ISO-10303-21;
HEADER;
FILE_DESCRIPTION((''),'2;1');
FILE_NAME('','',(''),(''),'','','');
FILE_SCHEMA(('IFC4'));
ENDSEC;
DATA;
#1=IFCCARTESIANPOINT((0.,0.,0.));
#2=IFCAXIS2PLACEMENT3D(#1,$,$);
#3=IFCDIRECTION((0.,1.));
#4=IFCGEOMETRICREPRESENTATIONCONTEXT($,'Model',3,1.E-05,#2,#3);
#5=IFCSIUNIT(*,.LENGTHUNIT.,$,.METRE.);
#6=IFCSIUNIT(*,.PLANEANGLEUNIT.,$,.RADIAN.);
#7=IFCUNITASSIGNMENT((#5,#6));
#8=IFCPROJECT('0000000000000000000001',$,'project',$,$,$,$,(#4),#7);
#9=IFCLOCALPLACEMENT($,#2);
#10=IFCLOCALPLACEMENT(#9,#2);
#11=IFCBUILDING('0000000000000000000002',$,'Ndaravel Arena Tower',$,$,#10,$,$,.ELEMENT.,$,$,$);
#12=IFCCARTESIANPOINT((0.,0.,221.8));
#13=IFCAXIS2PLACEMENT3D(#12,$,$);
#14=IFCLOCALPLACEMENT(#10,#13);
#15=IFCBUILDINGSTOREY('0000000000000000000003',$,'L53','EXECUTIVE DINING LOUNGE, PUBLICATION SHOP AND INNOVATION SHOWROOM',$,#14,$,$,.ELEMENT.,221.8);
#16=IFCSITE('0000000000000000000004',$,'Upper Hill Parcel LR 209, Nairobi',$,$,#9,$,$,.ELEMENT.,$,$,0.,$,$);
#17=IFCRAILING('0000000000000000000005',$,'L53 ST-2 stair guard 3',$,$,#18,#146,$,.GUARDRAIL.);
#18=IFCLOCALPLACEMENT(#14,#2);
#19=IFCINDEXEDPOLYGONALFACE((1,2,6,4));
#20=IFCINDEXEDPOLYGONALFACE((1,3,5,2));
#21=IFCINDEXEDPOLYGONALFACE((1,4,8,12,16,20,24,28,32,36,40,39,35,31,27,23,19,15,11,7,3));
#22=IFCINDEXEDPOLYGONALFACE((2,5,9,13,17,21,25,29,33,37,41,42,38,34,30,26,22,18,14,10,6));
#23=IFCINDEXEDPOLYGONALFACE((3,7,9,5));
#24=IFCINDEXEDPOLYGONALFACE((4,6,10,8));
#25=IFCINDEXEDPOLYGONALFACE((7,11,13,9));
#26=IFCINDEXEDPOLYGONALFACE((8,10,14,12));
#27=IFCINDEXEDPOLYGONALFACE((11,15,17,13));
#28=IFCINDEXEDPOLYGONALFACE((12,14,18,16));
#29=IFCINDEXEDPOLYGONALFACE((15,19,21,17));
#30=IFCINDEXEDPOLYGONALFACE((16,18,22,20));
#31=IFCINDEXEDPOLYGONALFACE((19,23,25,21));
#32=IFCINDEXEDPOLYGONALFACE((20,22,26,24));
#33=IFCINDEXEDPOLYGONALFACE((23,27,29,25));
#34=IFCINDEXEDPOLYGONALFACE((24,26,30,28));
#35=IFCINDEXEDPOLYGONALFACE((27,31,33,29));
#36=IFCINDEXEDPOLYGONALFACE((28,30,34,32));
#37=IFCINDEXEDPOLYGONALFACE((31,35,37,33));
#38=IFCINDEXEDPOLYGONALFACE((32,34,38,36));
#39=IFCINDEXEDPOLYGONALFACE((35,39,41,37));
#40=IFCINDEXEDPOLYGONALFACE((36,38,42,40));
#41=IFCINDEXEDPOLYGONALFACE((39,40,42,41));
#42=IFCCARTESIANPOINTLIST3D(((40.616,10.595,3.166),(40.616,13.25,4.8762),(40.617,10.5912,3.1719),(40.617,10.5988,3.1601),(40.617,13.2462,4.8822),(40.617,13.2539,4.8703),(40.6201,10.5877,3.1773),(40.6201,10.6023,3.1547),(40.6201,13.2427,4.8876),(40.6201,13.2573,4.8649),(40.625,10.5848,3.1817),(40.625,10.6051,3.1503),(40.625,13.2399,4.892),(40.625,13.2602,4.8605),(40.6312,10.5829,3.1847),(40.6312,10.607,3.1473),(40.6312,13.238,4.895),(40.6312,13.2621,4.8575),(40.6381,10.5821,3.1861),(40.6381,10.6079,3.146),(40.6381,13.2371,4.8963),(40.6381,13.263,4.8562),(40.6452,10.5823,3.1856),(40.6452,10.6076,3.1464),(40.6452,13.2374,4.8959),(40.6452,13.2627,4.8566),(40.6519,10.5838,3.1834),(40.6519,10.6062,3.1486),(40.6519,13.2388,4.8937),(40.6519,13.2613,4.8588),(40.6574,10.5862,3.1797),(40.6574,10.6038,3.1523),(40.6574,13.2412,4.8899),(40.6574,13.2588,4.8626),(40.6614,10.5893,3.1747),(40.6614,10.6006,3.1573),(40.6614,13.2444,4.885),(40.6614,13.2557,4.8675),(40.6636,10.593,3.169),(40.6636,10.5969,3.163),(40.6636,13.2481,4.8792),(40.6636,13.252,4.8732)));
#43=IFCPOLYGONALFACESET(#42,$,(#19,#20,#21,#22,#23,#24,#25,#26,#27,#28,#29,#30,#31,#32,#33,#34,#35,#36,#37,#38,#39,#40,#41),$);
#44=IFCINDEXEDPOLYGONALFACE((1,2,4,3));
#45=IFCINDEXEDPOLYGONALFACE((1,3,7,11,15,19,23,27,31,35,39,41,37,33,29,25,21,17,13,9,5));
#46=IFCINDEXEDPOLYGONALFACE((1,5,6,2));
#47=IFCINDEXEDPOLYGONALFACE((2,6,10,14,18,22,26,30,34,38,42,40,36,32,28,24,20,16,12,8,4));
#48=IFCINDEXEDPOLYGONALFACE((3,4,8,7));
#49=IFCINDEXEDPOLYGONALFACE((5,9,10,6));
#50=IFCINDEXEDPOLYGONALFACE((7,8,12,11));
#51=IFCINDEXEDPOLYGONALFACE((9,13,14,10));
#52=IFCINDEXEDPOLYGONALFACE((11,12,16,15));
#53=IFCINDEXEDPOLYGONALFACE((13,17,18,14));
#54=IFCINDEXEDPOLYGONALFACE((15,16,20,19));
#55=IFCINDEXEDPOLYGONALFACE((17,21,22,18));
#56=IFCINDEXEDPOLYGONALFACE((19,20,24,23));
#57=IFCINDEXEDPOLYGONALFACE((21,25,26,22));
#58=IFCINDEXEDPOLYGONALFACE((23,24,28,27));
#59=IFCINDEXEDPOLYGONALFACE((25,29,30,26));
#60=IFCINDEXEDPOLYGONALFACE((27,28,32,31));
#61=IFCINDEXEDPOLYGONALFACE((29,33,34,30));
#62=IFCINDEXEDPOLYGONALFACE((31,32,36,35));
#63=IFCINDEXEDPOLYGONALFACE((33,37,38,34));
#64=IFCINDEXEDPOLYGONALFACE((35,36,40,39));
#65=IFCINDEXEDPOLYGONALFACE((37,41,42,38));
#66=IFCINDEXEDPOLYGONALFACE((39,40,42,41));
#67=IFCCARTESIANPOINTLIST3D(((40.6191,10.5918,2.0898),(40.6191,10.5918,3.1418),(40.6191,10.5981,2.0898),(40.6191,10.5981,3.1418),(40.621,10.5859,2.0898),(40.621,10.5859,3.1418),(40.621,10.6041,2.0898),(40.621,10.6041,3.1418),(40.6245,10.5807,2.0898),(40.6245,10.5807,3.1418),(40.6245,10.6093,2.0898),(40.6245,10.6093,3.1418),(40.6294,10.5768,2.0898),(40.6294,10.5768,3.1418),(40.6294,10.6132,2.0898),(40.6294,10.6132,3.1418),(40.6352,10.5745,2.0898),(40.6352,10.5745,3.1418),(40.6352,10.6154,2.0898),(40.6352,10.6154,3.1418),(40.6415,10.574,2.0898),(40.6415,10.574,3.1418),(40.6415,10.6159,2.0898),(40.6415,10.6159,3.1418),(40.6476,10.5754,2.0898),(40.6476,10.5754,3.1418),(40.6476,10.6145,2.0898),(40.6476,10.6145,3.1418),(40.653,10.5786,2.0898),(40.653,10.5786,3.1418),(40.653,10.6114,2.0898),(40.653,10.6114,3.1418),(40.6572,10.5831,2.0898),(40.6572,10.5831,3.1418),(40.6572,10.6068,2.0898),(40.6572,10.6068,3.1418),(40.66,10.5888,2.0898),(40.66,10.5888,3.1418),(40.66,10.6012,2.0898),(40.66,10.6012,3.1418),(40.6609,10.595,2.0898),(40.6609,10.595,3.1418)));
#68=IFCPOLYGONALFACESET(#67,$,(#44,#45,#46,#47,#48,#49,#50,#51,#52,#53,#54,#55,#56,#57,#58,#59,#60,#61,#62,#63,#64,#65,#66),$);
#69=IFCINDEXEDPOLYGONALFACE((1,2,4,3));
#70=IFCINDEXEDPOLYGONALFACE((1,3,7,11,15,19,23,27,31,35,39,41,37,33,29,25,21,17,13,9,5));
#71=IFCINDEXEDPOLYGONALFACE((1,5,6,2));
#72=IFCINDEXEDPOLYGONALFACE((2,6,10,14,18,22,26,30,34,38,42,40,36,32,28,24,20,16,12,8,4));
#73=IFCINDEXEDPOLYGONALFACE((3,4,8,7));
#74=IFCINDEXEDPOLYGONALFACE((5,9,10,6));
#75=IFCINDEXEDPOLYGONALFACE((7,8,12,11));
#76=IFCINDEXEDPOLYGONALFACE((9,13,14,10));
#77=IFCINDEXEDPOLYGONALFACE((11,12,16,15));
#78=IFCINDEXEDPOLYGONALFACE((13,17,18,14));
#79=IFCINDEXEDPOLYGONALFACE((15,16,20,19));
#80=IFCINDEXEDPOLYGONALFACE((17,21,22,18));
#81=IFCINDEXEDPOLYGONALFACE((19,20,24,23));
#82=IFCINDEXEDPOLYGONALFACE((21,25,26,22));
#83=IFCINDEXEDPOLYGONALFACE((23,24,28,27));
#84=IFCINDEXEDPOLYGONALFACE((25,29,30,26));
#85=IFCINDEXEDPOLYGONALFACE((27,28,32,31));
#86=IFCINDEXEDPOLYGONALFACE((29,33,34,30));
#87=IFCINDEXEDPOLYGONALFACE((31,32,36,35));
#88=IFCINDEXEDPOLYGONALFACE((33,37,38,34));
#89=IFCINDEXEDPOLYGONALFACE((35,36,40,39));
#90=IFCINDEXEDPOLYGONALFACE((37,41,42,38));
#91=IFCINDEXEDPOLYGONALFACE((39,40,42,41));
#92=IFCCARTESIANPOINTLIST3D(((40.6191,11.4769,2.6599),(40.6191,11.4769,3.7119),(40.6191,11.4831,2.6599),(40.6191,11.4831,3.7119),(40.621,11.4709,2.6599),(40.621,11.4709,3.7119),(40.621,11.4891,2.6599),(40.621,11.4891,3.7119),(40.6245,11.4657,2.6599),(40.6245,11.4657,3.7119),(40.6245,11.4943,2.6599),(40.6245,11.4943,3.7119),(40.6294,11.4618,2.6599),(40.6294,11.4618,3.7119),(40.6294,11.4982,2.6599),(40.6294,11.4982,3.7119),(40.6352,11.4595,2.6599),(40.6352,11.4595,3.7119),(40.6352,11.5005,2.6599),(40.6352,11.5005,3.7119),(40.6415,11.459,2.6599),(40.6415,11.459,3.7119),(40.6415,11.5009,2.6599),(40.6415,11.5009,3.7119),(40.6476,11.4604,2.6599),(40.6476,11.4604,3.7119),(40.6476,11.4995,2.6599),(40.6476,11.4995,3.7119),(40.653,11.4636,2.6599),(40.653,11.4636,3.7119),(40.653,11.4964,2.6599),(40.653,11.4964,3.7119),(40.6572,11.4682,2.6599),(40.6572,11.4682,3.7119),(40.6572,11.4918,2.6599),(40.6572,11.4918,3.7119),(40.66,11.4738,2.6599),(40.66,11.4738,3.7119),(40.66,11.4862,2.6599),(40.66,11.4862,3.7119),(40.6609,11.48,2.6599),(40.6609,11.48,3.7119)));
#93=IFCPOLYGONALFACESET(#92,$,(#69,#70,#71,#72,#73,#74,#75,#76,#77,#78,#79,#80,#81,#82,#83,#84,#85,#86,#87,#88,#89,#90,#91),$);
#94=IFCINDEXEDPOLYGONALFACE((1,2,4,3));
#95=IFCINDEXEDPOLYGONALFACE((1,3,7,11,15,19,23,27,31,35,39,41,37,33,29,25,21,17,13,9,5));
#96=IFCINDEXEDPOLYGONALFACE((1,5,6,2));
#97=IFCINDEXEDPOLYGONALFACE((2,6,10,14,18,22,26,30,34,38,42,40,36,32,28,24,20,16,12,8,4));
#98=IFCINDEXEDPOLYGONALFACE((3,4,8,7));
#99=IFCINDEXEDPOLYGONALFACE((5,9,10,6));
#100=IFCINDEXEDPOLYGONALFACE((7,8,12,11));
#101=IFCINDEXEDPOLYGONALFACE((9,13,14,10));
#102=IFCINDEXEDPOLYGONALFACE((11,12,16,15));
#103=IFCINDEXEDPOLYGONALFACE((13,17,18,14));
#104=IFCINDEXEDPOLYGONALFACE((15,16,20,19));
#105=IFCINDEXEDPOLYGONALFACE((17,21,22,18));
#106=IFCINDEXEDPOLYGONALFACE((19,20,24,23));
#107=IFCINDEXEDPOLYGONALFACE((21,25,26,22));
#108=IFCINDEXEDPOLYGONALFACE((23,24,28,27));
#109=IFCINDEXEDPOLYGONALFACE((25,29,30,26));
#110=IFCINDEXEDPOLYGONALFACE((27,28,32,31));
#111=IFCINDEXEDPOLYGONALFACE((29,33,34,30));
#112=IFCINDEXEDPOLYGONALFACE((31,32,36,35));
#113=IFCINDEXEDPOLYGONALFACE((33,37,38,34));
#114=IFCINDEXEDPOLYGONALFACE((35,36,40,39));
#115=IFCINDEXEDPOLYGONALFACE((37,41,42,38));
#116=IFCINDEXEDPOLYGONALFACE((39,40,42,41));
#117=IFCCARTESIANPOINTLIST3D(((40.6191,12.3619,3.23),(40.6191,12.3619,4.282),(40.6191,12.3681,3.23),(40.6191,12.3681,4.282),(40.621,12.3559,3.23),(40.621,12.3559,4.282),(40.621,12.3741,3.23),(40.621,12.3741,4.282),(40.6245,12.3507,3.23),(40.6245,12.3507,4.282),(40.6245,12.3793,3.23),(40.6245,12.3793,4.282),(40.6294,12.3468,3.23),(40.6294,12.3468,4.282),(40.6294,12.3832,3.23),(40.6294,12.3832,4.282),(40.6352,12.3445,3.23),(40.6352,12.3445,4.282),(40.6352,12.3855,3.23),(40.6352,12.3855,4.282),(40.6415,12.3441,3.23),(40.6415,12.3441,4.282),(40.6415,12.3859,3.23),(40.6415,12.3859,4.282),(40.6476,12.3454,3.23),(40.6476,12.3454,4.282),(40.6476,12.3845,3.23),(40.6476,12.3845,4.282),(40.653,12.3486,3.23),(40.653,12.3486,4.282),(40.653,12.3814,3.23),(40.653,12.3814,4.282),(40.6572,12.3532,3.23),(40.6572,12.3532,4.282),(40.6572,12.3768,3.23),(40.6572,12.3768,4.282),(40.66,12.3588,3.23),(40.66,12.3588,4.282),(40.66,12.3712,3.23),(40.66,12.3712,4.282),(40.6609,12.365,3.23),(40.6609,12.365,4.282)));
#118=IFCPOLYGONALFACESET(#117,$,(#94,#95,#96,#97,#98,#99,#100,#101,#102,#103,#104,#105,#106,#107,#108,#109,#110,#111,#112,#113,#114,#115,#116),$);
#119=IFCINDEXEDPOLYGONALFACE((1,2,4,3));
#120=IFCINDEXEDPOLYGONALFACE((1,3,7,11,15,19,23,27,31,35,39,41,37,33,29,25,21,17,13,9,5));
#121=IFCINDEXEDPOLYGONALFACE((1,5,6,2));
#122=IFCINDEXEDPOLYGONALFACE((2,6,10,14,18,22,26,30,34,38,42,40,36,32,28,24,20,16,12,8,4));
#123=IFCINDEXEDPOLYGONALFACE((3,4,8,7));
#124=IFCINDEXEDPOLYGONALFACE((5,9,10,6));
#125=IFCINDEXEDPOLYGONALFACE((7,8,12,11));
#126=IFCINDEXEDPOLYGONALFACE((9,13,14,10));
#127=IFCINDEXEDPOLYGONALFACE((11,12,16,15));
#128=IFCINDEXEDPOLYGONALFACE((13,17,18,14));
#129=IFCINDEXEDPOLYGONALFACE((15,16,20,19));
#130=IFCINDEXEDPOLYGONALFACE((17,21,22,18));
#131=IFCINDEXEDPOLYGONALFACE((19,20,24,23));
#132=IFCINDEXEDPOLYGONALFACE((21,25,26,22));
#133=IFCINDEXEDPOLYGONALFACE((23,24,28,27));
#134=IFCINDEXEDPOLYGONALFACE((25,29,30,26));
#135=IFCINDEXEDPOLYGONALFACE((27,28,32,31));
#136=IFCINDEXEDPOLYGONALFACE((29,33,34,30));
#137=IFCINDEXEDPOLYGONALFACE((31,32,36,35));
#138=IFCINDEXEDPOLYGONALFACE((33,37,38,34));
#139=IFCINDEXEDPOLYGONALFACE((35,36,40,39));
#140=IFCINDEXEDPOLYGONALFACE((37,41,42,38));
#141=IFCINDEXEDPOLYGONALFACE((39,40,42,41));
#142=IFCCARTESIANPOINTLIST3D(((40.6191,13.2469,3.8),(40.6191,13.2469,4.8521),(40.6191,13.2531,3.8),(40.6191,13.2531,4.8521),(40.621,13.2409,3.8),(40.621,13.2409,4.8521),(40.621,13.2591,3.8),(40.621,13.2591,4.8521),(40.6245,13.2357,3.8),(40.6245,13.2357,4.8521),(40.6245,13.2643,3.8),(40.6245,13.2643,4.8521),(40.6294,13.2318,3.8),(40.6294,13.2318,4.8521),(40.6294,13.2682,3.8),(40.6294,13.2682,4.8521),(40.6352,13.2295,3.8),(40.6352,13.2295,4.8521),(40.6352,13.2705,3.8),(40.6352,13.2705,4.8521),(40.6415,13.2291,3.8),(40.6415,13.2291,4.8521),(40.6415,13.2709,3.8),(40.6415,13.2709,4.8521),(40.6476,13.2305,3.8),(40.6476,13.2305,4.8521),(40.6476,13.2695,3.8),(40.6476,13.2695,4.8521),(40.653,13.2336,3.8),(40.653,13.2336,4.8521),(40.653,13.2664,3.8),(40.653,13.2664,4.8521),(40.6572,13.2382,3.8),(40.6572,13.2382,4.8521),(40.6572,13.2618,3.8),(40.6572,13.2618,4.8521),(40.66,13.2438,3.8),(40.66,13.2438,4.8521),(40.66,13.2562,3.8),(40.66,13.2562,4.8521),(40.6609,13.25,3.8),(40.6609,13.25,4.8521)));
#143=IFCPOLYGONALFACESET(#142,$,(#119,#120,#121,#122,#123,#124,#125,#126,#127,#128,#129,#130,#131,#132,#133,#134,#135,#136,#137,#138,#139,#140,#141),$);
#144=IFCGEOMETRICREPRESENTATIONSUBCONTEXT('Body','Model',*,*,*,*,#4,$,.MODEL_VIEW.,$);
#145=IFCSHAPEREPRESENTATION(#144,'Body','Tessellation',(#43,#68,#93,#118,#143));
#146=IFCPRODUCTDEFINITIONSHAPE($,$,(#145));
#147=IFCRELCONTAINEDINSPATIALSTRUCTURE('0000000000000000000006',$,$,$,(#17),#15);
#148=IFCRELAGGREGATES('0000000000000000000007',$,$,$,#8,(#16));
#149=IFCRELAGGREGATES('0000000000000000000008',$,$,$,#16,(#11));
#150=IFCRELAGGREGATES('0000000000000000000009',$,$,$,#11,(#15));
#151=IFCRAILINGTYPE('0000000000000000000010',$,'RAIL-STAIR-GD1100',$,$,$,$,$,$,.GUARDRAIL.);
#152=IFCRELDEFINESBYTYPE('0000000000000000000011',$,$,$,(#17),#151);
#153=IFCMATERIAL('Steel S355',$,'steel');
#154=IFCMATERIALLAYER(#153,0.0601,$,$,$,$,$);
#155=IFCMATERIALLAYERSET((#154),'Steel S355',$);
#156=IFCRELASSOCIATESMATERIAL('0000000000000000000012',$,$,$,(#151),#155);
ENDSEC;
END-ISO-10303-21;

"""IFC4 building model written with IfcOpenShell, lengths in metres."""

from ifc_helpers import new_model, si_unit, direction, frame, origin, origin_2d, place, context, subcontext, project, spatial, circle, extrude, material, layer, layer_set, type_object, element, save


model = new_model("IFC4")

# Units and contexts
model_context = context("Model", 3, precision=1e-05, world=origin(), true_north=direction((0.0, 1.0)))
body_context = subcontext(model_context, "Body", "Model", "MODEL_VIEW")
ifc_project = project(units=[si_unit("LENGTHUNIT", "METRE"), si_unit("PLANEANGLEUNIT", "RADIAN")], contexts=[model_context])

# Site, building, storey
site_placement = place(None, origin())
site = spatial("IfcSite", under=ifc_project, at=site_placement, Name="Upper Hill Parcel LR 209, Nairobi", CompositionType="ELEMENT", RefElevation=0.0)
building_placement = place(site_placement, origin())
building = spatial("IfcBuilding", under=site, at=building_placement, Name="Ndaravel Arena Tower", CompositionType="ELEMENT")
storey_placement = place(building_placement, frame((0.0, 0.0, 221.8)))
storey = spatial("IfcBuildingStorey", under=building, at=storey_placement, Name="L53", Description="EXECUTIVE DINING LOUNGE, PUBLICATION SHOP AND INNOVATION SHOWROOM", CompositionType="ELEMENT", Elevation=221.8)

# Railing
ifc_material_1 = material(Name="Steel S355", Category="steel")
ifc_layer_1 = layer(ifc_material_1, 0.0601)
ifc_layer_set_1 = layer_set([ifc_layer_1], Name="Steel S355")
railing_type_1 = type_object("IfcRailingType", Name="RAIL-STAIR-GD1100", PredefinedType="GUARDRAIL", material=ifc_layer_set_1)
railing_1_placement = place(storey_placement, frame((40.6399, 10.595, 2.0898)))
element("IfcRailing", 1, at=railing_1_placement, inside=storey, type_object=railing_type_1, Name="L53 ST-2 stair guard 3", PredefinedType="GUARDRAIL", context=body_context, shape_type="SweptSolid", body=[
    extrude(circle(Radius=0.0239, at=origin_2d()), frame((0.0, 0.0, 1.0762), z_axis=(0.0, 0.840688, 0.541519), x_axis=(-1.0, 0.0, 0.0)), (0.0, 0.0, 1.0), 3.1582),
    extrude(circle(Radius=0.021, at=origin_2d()), origin(), (0.0, 0.0, 1.0), 1.052),
    extrude(circle(Radius=0.021, at=origin_2d()), frame((0.0, 0.885, 0.5701)), (0.0, 0.0, 1.0), 1.052),
    extrude(circle(Radius=0.021, at=origin_2d()), frame((0.0, 1.77, 1.1401)), (0.0, 0.0, 1.0), 1.052),
    extrude(circle(Radius=0.021, at=origin_2d()), frame((0.0, 2.655, 1.7102)), (0.0, 0.0, 1.0), 1.052),
])

save(model, "model.ifc")
